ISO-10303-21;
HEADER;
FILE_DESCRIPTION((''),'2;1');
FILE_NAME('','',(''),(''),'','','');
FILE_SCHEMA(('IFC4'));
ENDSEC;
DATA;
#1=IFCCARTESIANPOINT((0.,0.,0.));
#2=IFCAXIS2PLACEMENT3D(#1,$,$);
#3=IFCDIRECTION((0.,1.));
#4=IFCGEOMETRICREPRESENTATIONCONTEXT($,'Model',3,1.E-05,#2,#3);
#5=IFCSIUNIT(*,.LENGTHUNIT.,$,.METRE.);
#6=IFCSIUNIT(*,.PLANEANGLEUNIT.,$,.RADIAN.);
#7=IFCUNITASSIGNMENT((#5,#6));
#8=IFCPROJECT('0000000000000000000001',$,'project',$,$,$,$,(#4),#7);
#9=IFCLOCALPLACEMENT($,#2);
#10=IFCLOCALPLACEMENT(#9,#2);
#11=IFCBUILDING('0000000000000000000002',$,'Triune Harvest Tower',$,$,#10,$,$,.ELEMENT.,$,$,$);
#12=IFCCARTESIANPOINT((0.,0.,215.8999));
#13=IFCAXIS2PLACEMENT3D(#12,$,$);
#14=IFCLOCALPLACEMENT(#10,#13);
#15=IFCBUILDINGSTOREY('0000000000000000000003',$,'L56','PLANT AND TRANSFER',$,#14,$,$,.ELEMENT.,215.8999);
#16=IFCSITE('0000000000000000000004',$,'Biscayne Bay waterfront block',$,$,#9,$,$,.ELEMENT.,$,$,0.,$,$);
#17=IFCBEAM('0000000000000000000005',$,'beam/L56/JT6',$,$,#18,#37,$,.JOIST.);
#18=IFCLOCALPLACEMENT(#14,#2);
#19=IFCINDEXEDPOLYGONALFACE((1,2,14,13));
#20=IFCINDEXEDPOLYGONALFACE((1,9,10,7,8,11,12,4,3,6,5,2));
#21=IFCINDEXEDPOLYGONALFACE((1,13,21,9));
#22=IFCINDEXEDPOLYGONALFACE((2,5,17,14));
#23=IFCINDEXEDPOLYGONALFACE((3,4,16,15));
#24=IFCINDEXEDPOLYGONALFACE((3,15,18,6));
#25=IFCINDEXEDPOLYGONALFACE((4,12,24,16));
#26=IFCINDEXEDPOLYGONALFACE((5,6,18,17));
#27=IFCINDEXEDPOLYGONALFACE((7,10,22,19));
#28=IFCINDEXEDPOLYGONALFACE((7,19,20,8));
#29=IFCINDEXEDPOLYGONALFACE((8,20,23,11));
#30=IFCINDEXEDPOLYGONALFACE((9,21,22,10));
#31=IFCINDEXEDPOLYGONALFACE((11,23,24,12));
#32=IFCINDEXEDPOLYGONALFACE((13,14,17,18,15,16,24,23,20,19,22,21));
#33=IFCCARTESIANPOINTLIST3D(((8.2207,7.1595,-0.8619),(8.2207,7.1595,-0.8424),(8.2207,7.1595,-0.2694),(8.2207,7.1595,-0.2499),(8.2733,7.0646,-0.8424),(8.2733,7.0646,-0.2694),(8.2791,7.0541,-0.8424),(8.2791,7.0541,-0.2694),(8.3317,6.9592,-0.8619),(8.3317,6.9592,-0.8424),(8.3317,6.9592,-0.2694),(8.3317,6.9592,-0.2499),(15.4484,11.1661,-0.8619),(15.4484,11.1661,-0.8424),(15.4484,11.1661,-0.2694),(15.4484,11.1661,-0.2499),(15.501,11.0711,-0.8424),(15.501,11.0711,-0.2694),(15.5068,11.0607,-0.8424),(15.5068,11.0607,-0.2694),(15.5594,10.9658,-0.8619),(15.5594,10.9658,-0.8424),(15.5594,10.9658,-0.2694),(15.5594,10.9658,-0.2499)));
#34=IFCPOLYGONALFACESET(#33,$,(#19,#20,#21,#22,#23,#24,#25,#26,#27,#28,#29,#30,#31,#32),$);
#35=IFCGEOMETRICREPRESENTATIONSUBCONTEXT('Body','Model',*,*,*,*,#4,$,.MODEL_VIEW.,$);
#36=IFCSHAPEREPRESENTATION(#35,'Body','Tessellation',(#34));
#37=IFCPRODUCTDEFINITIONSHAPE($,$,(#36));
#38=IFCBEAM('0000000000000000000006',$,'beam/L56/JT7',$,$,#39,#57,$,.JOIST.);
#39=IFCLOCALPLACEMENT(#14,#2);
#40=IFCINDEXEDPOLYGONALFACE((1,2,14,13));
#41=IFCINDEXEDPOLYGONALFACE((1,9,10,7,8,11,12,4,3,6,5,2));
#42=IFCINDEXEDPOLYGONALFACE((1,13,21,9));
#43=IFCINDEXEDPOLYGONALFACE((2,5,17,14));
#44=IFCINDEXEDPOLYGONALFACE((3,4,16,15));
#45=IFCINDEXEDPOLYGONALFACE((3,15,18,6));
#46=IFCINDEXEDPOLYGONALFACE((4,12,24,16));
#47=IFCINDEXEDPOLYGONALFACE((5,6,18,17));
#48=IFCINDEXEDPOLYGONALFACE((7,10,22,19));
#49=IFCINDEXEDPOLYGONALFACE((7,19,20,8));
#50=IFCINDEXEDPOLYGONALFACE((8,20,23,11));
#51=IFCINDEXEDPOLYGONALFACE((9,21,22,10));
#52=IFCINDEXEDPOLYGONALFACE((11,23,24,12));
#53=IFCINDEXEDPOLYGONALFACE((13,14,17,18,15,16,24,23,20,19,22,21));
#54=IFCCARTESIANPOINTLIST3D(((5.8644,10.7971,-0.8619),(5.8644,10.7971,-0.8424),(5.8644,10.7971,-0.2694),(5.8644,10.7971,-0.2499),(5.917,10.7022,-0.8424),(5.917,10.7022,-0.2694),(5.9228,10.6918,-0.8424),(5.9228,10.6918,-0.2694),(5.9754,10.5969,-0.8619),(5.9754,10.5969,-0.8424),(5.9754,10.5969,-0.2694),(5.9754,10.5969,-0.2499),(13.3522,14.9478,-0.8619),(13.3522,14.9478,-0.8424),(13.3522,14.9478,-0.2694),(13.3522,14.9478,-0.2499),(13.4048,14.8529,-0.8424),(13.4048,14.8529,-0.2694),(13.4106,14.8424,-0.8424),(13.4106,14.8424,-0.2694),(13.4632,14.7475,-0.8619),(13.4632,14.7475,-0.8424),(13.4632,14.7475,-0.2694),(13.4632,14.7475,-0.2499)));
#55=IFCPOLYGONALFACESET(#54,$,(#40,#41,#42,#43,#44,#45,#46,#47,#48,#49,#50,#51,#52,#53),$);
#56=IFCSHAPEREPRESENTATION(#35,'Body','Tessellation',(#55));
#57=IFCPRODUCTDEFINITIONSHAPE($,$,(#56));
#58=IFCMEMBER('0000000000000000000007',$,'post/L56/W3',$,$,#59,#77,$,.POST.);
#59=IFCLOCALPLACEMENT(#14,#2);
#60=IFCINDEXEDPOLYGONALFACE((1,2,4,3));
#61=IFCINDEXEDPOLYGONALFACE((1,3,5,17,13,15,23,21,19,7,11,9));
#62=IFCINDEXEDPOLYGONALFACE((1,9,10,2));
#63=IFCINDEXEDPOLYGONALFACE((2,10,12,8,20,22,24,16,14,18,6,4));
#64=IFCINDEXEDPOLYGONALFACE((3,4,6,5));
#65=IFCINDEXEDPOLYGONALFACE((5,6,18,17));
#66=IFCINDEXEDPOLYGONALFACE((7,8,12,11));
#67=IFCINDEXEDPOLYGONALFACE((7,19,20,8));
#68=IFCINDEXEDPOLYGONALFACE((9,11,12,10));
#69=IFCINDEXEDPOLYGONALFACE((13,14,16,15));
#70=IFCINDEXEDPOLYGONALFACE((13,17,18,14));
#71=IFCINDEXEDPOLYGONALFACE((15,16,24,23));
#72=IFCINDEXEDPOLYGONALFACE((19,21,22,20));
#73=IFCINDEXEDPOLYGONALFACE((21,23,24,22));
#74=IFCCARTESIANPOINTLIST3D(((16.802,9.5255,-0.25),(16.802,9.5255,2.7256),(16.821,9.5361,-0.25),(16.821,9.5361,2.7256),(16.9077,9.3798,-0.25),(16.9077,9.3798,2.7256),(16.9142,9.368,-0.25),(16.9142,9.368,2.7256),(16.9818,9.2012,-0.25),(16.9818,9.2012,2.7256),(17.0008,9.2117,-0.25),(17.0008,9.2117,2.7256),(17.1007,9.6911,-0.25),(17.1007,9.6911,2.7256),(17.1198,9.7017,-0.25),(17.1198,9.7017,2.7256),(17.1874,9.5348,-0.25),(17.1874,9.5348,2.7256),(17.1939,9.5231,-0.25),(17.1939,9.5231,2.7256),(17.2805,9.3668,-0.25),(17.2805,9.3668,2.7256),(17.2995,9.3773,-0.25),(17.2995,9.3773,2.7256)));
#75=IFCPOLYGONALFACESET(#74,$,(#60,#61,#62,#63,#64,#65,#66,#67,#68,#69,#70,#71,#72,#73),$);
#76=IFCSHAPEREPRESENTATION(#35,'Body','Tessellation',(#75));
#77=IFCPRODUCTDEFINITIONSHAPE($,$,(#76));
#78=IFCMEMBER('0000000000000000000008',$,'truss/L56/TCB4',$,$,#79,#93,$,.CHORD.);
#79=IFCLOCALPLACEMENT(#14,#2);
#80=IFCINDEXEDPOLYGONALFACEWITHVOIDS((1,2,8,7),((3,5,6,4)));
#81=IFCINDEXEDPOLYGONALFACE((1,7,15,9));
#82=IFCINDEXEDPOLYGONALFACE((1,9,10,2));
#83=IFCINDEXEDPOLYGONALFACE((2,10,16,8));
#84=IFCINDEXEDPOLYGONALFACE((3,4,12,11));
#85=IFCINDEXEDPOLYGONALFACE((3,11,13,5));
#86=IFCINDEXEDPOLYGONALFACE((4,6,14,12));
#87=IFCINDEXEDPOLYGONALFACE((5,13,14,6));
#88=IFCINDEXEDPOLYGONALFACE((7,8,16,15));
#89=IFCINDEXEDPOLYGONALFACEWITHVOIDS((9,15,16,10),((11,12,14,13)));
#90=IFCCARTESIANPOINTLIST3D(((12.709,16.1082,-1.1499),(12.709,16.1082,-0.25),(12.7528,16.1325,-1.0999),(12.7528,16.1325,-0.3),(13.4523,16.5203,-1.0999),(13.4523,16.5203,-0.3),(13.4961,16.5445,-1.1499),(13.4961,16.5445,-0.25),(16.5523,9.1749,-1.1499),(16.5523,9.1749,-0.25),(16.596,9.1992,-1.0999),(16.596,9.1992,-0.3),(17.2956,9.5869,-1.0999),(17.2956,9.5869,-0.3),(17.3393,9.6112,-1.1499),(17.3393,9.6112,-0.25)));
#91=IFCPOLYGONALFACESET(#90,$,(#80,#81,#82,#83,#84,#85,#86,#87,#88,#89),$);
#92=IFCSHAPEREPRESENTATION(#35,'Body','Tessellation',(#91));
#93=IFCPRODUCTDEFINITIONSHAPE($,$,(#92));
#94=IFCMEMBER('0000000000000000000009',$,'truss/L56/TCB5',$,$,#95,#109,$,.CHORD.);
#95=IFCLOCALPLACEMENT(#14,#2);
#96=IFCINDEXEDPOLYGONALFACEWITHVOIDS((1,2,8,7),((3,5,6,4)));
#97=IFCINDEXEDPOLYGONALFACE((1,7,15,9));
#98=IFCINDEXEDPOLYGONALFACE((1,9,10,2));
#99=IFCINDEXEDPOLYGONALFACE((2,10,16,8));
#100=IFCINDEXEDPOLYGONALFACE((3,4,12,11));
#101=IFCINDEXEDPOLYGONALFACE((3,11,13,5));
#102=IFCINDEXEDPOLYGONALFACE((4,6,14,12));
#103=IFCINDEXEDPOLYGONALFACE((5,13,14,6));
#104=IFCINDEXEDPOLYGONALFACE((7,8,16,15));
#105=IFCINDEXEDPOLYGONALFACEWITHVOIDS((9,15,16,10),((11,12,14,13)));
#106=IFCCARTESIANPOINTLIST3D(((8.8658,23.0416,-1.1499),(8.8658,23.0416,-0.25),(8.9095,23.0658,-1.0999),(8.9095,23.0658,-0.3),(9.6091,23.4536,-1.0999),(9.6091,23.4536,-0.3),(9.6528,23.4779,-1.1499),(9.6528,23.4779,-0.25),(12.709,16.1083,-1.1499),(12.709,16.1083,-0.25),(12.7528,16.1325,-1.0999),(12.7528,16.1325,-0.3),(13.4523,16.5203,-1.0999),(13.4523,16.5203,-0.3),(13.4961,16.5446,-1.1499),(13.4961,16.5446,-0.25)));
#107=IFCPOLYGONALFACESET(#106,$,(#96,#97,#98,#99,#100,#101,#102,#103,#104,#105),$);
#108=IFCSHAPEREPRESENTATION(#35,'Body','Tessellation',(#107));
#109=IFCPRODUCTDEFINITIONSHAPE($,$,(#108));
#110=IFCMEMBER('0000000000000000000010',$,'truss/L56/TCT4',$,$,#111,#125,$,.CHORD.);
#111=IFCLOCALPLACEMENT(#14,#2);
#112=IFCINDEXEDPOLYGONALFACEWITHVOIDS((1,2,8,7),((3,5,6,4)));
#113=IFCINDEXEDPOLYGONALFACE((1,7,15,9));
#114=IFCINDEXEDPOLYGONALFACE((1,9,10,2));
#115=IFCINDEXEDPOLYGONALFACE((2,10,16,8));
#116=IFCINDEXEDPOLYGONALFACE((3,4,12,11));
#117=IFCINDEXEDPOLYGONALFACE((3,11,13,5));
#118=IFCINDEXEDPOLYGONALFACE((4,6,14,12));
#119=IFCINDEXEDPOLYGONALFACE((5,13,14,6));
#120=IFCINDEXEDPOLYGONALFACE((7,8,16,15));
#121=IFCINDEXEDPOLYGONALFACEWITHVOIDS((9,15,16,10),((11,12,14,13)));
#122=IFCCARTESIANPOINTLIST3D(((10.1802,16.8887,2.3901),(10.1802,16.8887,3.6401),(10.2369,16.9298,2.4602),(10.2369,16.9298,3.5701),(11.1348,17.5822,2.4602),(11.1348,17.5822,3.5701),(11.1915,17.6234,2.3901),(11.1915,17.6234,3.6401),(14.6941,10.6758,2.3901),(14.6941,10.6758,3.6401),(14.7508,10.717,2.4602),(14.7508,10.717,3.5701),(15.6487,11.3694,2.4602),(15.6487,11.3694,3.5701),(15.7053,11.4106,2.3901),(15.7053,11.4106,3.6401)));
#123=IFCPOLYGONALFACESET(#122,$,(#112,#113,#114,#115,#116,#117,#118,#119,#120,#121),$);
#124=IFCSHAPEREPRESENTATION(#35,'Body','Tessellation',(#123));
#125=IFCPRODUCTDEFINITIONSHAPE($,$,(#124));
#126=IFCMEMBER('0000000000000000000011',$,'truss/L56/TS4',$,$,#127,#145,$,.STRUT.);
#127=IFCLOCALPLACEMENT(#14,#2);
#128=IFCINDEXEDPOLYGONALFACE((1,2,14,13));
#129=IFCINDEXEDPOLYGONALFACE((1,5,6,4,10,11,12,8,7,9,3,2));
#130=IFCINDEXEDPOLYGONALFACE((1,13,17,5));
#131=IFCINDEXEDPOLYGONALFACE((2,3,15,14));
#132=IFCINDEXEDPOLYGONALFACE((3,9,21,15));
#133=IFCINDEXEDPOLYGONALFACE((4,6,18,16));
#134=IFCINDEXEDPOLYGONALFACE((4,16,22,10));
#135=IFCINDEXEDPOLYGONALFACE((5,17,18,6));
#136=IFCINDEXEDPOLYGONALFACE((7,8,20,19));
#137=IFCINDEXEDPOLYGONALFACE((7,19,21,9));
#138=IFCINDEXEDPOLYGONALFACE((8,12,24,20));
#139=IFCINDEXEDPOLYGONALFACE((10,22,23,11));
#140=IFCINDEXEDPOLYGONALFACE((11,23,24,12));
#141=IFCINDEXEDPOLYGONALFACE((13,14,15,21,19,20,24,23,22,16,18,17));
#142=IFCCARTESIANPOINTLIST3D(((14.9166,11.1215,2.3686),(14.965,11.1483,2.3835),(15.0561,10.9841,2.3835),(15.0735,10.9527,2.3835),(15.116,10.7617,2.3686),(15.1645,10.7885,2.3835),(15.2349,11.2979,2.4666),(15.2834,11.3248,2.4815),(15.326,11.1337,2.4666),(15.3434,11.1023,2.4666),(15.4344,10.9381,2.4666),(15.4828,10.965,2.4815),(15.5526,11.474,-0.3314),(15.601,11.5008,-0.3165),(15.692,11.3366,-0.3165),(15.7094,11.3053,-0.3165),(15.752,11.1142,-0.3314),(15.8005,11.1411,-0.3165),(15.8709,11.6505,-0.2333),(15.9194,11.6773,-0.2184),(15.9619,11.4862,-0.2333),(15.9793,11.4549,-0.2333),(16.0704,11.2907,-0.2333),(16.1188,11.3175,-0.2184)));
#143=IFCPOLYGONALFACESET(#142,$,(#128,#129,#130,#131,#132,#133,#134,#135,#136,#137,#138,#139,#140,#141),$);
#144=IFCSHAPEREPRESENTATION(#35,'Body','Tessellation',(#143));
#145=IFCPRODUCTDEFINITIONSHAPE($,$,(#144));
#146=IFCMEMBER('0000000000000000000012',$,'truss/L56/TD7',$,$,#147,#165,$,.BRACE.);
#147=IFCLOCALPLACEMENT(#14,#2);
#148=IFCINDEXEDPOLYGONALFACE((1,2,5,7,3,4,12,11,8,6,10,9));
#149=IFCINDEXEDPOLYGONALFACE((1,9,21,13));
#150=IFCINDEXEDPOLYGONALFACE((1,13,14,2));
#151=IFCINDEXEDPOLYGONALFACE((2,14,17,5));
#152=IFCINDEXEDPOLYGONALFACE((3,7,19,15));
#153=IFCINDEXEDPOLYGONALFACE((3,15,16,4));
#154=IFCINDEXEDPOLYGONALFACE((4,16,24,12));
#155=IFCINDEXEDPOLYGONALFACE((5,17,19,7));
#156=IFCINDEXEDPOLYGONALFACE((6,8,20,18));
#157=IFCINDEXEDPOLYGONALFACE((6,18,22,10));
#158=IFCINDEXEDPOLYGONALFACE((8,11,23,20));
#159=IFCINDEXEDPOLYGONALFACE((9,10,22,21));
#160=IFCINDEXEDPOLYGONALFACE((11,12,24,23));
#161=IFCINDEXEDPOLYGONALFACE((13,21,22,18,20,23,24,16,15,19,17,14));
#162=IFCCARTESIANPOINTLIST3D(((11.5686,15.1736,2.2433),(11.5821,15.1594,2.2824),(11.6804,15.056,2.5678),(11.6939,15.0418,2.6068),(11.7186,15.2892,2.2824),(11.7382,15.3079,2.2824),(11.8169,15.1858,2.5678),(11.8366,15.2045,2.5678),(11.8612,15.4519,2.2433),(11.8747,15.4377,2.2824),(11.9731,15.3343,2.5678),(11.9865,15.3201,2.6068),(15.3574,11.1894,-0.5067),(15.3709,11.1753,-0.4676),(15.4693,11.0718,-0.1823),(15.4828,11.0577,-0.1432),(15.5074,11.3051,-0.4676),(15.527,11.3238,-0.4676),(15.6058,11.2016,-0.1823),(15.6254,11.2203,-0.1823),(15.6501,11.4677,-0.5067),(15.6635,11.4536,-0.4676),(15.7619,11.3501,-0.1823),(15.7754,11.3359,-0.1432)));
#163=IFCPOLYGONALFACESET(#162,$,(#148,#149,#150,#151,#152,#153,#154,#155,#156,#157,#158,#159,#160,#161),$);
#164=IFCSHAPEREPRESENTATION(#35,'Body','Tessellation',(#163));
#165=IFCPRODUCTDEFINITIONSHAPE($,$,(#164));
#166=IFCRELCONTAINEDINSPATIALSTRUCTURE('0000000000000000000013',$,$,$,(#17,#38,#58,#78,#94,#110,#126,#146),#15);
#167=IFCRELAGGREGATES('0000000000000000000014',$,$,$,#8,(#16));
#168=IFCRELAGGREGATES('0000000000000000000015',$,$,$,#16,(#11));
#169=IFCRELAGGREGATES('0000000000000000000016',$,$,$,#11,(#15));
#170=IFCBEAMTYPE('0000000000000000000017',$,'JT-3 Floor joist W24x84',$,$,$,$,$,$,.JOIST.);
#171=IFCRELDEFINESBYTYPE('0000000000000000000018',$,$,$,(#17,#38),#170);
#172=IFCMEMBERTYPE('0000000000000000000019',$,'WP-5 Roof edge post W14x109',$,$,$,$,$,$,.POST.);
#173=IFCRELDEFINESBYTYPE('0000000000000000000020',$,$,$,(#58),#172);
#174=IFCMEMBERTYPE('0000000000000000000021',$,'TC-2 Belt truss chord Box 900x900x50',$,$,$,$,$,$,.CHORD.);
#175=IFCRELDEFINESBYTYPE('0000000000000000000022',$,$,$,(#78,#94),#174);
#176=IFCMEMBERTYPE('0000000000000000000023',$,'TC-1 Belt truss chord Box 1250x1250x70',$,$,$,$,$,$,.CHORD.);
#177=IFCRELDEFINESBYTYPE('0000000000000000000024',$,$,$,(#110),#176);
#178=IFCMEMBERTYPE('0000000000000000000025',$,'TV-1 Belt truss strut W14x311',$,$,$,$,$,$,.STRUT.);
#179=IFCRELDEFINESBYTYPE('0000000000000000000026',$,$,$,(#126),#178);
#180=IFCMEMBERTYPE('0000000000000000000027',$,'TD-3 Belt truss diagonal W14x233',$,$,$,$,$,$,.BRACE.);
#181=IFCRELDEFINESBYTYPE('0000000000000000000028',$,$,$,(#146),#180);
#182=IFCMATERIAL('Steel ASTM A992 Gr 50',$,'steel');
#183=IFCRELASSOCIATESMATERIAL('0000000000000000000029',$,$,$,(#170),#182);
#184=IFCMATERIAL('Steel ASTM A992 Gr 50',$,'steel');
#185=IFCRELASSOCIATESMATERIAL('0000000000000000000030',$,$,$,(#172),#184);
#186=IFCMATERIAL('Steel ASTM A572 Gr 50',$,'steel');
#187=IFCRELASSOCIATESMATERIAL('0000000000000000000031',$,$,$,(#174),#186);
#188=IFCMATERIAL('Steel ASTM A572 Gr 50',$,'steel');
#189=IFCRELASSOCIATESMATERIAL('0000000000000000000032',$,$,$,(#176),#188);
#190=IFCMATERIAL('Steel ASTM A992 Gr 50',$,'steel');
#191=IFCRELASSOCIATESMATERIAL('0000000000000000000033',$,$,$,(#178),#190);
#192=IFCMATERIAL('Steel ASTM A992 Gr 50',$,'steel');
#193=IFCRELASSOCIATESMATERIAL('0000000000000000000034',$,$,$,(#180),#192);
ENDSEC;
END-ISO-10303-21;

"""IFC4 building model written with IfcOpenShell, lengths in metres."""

from ifc_helpers import new_model, si_unit, direction, frame, origin, origin_2d, place, context, subcontext, project, spatial, hollow_rectangle, i_section, extrude, source, transform, mapped, material, material_profile, profile_set, type_object, element, save


model = new_model("IFC4")

# Units and contexts
model_context = context("Model", 3, precision=1e-05, world=origin(), true_north=direction((0.0, 1.0)))
body_context = subcontext(model_context, "Body", "Model", "MODEL_VIEW")
ifc_project = project(units=[si_unit("LENGTHUNIT", "METRE"), si_unit("PLANEANGLEUNIT", "RADIAN")], contexts=[model_context])

# Site, building, storey
site_placement = place(None, origin())
site = spatial("IfcSite", under=ifc_project, at=site_placement, Name="Biscayne Bay waterfront block", CompositionType="ELEMENT", RefElevation=0.0)
building_placement = place(site_placement, origin())
building = spatial("IfcBuilding", under=site, at=building_placement, Name="Triune Harvest Tower", CompositionType="ELEMENT")
storey_placement = place(building_placement, frame((0.0, 0.0, 215.8999)))
storey = spatial("IfcBuildingStorey", under=building, at=storey_placement, Name="L56", Description="PLANT AND TRANSFER", CompositionType="ELEMENT", Elevation=215.8999)

# Beams
ifc_material_1 = material(Name="Steel ASTM A992 Gr 50", Category="steel")
ifc_material_profile_1 = material_profile(ifc_material_1, i_section(OverallWidth=0.229, OverallDepth=0.6121, WebThickness=0.012, FlangeThickness=0.0195, at=origin_2d()), Name="W24x84")
ifc_profile_set_1 = profile_set([ifc_material_profile_1], Name="Steel ASTM A992 Gr 50")
beam_type = type_object("IfcBeamType", Name="JT-3 Floor joist W24x84", PredefinedType="JOIST", material=ifc_profile_set_1)
shared_shape_1 = source(origin(), body_context, "Body", "SweptSolid", [
    extrude(i_section(OverallWidth=0.229, OverallDepth=0.6121, WebThickness=0.012, FlangeThickness=0.0195, at=origin_2d()), origin(), (0.0, 0.0, 1.0), 8.2639),
])
beam_1_placement = place(storey_placement, frame((15.5039, 11.0659, -0.5559), z_axis=(-0.874611, -0.484825, 0.0), x_axis=(0.484825, -0.874611, 0.0)))
element("IfcBeam", 1, at=beam_1_placement, inside=storey, type_object=beam_type, Name="beam/L56/JT6", PredefinedType="JOIST", context=body_context, shape_type="MappedRepresentation", body=[
    mapped(shared_shape_1, transform((0.0, 0.0, 0.0), scale=1.0)),
])
shared_shape_2 = source(origin(), body_context, "Body", "SweptSolid", [
    extrude(i_section(OverallWidth=0.229, OverallDepth=0.6121, WebThickness=0.012, FlangeThickness=0.0195, at=origin_2d()), origin(), (0.0, 0.0, 1.0), 8.5613),
])
beam_2_placement = place(storey_placement, frame((13.4077, 14.8477, -0.5559), z_axis=(-0.874616, -0.484817, 0.0), x_axis=(0.484817, -0.874616, 0.0)))
element("IfcBeam", 2, at=beam_2_placement, inside=storey, type_object=beam_type, Name="beam/L56/JT7", PredefinedType="JOIST", context=body_context, shape_type="MappedRepresentation", body=[
    mapped(shared_shape_2, transform((0.0, 0.0, 0.0), scale=1.0)),
])

# Members
ifc_material_2 = material(Name="Steel ASTM A992 Gr 50", Category="steel")
ifc_material_profile_2 = material_profile(ifc_material_2, i_section(OverallWidth=0.3708, OverallDepth=0.3633, WebThickness=0.0134, FlangeThickness=0.0217, at=origin_2d()), Name="W14x109")
ifc_profile_set_2 = profile_set([ifc_material_profile_2], Name="Steel ASTM A992 Gr 50")
member_type_1 = type_object("IfcMemberType", Name="WP-5 Roof edge post W14x109", PredefinedType="POST", material=ifc_profile_set_2)
shared_shape_3 = source(origin(), body_context, "Body", "SweptSolid", [
    extrude(i_section(OverallWidth=0.3708, OverallDepth=0.3633, WebThickness=0.0134, FlangeThickness=0.0217, at=origin_2d()), origin(), (0.0, 0.0, 1.0), 2.9756),
])
member_1_placement = place(storey_placement, frame((17.0508, 9.4514, -0.25), z_axis=(0.0, 0.0, 1.0), x_axis=(-0.48481, 0.87462, 0.0)))
element("IfcMember", 3, at=member_1_placement, inside=storey, type_object=member_type_1, Name="post/L56/W3", PredefinedType="POST", context=body_context, shape_type="MappedRepresentation", body=[
    mapped(shared_shape_3, transform((0.0, 0.0, 0.0), scale=1.0)),
])
ifc_material_3 = material(Name="Steel ASTM A572 Gr 50", Category="steel")
ifc_material_profile_3 = material_profile(ifc_material_3, hollow_rectangle(XDim=0.8999, YDim=0.8999, WallThickness=0.05, at=origin_2d()), Name="Box 900x900x50")
ifc_profile_set_3 = profile_set([ifc_material_profile_3], Name="Steel ASTM A572 Gr 50")
member_type_2 = type_object("IfcMemberType", Name="TC-2 Belt truss chord Box 900x900x50", PredefinedType="CHORD", material=ifc_profile_set_3)
shared_shape_4 = source(origin(), body_context, "Body", "SweptSolid", [
    extrude(hollow_rectangle(XDim=0.8999, YDim=0.8999, WallThickness=0.05, at=origin_2d()), origin(), (0.0, 0.0, 1.0), 7.9272),
])
for number, where, z_axis, x_axis, name in (
    (4, (16.9458, 9.3931, -0.7), (-0.484814, 0.874617, 0.0), (-0.874617, -0.484814, 0.0), "truss/L56/TCB4"),
    (5, (13.1025, 16.3264, -0.7), (-0.484814, 0.874617, 0.0), (-0.874617, -0.484814, 0.0), "truss/L56/TCB5"),
):
    element("IfcMember", number, at=place(storey_placement, frame(where, z_axis=z_axis, x_axis=x_axis)), inside=storey, type_object=member_type_2, Name=name, PredefinedType="CHORD", context=body_context, shape_type="MappedRepresentation", body=[
        mapped(shared_shape_4, transform((0.0, 0.0, 0.0), scale=1.0)),
    ])
ifc_material_4 = material(Name="Steel ASTM A572 Gr 50", Category="steel")
ifc_material_profile_4 = material_profile(ifc_material_4, hollow_rectangle(XDim=1.25, YDim=1.25, WallThickness=0.0701, at=origin_2d()), Name="Box 1250x1250x70")
ifc_profile_set_4 = profile_set([ifc_material_profile_4], Name="Steel ASTM A572 Gr 50")
member_type_3 = type_object("IfcMemberType", Name="TC-1 Belt truss chord Box 1250x1250x70", PredefinedType="CHORD", material=ifc_profile_set_4)
shared_shape_5 = source(origin(), body_context, "Body", "SweptSolid", [
    extrude(hollow_rectangle(XDim=1.25, YDim=1.25, WallThickness=0.0701, at=origin_2d()), origin(), (0.0, 0.0, 1.0), 7.6794),
])
member_2_placement = place(storey_placement, frame((15.1997, 11.0432, 3.0151), z_axis=(-0.587784, 0.809018, 0.0), x_axis=(-0.809018, -0.587784, 0.0)))
element("IfcMember", 6, at=member_2_placement, inside=storey, type_object=member_type_3, Name="truss/L56/TCT4", PredefinedType="CHORD", context=body_context, shape_type="MappedRepresentation", body=[
    mapped(shared_shape_5, transform((0.0, 0.0, 0.0), scale=1.0)),
])
ifc_material_5 = material(Name="Steel ASTM A992 Gr 50", Category="steel")
ifc_material_profile_5 = material_profile(ifc_material_5, i_section(OverallWidth=0.4114, OverallDepth=0.4343, WebThickness=0.0359, FlangeThickness=0.0574, at=origin_2d()), Name="W14x311")
ifc_profile_set_5 = profile_set([ifc_material_profile_5], Name="Steel ASTM A992 Gr 50")
member_type_4 = type_object("IfcMemberType", Name="TV-1 Belt truss strut W14x311", PredefinedType="STRUT", material=ifc_profile_set_5)
shared_shape_6 = source(origin(), body_context, "Body", "SweptSolid", [
    extrude(i_section(OverallWidth=0.4114, OverallDepth=0.4343, WebThickness=0.0359, FlangeThickness=0.0574, at=origin_2d()), origin(), (0.0, 0.0, 1.0), 2.7961),
])
member_3_placement = place(storey_placement, frame((15.8357, 11.3958, -0.2749), z_axis=(-0.22745, -0.12608, 0.965593), x_axis=(0.484816, -0.874616, 0.0)))
element("IfcMember", 7, at=member_3_placement, inside=storey, type_object=member_type_4, Name="truss/L56/TS4", PredefinedType="STRUT", context=body_context, shape_type="MappedRepresentation", body=[
    mapped(shared_shape_6, transform((0.0, 0.0, 0.0), scale=1.0)),
])
ifc_material_6 = material(Name="Steel ASTM A992 Gr 50", Category="steel")
ifc_material_profile_6 = material_profile(ifc_material_6, i_section(OverallWidth=0.4038, OverallDepth=0.4065, WebThickness=0.0271, FlangeThickness=0.0437, at=origin_2d()), Name="W14x233")
ifc_profile_set_6 = profile_set([ifc_material_profile_6], Name="Steel ASTM A992 Gr 50")
member_type_5 = type_object("IfcMemberType", Name="TD-3 Belt truss diagonal W14x233", PredefinedType="BRACE", material=ifc_profile_set_6)
shared_shape_7 = source(origin(), body_context, "Body", "SweptSolid", [
    extrude(i_section(OverallWidth=0.4038, OverallDepth=0.4065, WebThickness=0.0271, FlangeThickness=0.0437, at=origin_2d()), origin(), (0.0, 0.0, 1.0), 6.1475),
])
member_4_placement = place(storey_placement, frame((15.5664, 11.2627, -0.325), z_axis=(-0.616325, 0.648097, 0.447341), x_axis=(-0.724646, -0.689122, 0.0)))
element("IfcMember", 8, at=member_4_placement, inside=storey, type_object=member_type_5, Name="truss/L56/TD7", PredefinedType="BRACE", context=body_context, shape_type="MappedRepresentation", body=[
    mapped(shared_shape_7, transform((0.0, 0.0, 0.0), scale=1.0)),
])

save(model, "model.ifc")
